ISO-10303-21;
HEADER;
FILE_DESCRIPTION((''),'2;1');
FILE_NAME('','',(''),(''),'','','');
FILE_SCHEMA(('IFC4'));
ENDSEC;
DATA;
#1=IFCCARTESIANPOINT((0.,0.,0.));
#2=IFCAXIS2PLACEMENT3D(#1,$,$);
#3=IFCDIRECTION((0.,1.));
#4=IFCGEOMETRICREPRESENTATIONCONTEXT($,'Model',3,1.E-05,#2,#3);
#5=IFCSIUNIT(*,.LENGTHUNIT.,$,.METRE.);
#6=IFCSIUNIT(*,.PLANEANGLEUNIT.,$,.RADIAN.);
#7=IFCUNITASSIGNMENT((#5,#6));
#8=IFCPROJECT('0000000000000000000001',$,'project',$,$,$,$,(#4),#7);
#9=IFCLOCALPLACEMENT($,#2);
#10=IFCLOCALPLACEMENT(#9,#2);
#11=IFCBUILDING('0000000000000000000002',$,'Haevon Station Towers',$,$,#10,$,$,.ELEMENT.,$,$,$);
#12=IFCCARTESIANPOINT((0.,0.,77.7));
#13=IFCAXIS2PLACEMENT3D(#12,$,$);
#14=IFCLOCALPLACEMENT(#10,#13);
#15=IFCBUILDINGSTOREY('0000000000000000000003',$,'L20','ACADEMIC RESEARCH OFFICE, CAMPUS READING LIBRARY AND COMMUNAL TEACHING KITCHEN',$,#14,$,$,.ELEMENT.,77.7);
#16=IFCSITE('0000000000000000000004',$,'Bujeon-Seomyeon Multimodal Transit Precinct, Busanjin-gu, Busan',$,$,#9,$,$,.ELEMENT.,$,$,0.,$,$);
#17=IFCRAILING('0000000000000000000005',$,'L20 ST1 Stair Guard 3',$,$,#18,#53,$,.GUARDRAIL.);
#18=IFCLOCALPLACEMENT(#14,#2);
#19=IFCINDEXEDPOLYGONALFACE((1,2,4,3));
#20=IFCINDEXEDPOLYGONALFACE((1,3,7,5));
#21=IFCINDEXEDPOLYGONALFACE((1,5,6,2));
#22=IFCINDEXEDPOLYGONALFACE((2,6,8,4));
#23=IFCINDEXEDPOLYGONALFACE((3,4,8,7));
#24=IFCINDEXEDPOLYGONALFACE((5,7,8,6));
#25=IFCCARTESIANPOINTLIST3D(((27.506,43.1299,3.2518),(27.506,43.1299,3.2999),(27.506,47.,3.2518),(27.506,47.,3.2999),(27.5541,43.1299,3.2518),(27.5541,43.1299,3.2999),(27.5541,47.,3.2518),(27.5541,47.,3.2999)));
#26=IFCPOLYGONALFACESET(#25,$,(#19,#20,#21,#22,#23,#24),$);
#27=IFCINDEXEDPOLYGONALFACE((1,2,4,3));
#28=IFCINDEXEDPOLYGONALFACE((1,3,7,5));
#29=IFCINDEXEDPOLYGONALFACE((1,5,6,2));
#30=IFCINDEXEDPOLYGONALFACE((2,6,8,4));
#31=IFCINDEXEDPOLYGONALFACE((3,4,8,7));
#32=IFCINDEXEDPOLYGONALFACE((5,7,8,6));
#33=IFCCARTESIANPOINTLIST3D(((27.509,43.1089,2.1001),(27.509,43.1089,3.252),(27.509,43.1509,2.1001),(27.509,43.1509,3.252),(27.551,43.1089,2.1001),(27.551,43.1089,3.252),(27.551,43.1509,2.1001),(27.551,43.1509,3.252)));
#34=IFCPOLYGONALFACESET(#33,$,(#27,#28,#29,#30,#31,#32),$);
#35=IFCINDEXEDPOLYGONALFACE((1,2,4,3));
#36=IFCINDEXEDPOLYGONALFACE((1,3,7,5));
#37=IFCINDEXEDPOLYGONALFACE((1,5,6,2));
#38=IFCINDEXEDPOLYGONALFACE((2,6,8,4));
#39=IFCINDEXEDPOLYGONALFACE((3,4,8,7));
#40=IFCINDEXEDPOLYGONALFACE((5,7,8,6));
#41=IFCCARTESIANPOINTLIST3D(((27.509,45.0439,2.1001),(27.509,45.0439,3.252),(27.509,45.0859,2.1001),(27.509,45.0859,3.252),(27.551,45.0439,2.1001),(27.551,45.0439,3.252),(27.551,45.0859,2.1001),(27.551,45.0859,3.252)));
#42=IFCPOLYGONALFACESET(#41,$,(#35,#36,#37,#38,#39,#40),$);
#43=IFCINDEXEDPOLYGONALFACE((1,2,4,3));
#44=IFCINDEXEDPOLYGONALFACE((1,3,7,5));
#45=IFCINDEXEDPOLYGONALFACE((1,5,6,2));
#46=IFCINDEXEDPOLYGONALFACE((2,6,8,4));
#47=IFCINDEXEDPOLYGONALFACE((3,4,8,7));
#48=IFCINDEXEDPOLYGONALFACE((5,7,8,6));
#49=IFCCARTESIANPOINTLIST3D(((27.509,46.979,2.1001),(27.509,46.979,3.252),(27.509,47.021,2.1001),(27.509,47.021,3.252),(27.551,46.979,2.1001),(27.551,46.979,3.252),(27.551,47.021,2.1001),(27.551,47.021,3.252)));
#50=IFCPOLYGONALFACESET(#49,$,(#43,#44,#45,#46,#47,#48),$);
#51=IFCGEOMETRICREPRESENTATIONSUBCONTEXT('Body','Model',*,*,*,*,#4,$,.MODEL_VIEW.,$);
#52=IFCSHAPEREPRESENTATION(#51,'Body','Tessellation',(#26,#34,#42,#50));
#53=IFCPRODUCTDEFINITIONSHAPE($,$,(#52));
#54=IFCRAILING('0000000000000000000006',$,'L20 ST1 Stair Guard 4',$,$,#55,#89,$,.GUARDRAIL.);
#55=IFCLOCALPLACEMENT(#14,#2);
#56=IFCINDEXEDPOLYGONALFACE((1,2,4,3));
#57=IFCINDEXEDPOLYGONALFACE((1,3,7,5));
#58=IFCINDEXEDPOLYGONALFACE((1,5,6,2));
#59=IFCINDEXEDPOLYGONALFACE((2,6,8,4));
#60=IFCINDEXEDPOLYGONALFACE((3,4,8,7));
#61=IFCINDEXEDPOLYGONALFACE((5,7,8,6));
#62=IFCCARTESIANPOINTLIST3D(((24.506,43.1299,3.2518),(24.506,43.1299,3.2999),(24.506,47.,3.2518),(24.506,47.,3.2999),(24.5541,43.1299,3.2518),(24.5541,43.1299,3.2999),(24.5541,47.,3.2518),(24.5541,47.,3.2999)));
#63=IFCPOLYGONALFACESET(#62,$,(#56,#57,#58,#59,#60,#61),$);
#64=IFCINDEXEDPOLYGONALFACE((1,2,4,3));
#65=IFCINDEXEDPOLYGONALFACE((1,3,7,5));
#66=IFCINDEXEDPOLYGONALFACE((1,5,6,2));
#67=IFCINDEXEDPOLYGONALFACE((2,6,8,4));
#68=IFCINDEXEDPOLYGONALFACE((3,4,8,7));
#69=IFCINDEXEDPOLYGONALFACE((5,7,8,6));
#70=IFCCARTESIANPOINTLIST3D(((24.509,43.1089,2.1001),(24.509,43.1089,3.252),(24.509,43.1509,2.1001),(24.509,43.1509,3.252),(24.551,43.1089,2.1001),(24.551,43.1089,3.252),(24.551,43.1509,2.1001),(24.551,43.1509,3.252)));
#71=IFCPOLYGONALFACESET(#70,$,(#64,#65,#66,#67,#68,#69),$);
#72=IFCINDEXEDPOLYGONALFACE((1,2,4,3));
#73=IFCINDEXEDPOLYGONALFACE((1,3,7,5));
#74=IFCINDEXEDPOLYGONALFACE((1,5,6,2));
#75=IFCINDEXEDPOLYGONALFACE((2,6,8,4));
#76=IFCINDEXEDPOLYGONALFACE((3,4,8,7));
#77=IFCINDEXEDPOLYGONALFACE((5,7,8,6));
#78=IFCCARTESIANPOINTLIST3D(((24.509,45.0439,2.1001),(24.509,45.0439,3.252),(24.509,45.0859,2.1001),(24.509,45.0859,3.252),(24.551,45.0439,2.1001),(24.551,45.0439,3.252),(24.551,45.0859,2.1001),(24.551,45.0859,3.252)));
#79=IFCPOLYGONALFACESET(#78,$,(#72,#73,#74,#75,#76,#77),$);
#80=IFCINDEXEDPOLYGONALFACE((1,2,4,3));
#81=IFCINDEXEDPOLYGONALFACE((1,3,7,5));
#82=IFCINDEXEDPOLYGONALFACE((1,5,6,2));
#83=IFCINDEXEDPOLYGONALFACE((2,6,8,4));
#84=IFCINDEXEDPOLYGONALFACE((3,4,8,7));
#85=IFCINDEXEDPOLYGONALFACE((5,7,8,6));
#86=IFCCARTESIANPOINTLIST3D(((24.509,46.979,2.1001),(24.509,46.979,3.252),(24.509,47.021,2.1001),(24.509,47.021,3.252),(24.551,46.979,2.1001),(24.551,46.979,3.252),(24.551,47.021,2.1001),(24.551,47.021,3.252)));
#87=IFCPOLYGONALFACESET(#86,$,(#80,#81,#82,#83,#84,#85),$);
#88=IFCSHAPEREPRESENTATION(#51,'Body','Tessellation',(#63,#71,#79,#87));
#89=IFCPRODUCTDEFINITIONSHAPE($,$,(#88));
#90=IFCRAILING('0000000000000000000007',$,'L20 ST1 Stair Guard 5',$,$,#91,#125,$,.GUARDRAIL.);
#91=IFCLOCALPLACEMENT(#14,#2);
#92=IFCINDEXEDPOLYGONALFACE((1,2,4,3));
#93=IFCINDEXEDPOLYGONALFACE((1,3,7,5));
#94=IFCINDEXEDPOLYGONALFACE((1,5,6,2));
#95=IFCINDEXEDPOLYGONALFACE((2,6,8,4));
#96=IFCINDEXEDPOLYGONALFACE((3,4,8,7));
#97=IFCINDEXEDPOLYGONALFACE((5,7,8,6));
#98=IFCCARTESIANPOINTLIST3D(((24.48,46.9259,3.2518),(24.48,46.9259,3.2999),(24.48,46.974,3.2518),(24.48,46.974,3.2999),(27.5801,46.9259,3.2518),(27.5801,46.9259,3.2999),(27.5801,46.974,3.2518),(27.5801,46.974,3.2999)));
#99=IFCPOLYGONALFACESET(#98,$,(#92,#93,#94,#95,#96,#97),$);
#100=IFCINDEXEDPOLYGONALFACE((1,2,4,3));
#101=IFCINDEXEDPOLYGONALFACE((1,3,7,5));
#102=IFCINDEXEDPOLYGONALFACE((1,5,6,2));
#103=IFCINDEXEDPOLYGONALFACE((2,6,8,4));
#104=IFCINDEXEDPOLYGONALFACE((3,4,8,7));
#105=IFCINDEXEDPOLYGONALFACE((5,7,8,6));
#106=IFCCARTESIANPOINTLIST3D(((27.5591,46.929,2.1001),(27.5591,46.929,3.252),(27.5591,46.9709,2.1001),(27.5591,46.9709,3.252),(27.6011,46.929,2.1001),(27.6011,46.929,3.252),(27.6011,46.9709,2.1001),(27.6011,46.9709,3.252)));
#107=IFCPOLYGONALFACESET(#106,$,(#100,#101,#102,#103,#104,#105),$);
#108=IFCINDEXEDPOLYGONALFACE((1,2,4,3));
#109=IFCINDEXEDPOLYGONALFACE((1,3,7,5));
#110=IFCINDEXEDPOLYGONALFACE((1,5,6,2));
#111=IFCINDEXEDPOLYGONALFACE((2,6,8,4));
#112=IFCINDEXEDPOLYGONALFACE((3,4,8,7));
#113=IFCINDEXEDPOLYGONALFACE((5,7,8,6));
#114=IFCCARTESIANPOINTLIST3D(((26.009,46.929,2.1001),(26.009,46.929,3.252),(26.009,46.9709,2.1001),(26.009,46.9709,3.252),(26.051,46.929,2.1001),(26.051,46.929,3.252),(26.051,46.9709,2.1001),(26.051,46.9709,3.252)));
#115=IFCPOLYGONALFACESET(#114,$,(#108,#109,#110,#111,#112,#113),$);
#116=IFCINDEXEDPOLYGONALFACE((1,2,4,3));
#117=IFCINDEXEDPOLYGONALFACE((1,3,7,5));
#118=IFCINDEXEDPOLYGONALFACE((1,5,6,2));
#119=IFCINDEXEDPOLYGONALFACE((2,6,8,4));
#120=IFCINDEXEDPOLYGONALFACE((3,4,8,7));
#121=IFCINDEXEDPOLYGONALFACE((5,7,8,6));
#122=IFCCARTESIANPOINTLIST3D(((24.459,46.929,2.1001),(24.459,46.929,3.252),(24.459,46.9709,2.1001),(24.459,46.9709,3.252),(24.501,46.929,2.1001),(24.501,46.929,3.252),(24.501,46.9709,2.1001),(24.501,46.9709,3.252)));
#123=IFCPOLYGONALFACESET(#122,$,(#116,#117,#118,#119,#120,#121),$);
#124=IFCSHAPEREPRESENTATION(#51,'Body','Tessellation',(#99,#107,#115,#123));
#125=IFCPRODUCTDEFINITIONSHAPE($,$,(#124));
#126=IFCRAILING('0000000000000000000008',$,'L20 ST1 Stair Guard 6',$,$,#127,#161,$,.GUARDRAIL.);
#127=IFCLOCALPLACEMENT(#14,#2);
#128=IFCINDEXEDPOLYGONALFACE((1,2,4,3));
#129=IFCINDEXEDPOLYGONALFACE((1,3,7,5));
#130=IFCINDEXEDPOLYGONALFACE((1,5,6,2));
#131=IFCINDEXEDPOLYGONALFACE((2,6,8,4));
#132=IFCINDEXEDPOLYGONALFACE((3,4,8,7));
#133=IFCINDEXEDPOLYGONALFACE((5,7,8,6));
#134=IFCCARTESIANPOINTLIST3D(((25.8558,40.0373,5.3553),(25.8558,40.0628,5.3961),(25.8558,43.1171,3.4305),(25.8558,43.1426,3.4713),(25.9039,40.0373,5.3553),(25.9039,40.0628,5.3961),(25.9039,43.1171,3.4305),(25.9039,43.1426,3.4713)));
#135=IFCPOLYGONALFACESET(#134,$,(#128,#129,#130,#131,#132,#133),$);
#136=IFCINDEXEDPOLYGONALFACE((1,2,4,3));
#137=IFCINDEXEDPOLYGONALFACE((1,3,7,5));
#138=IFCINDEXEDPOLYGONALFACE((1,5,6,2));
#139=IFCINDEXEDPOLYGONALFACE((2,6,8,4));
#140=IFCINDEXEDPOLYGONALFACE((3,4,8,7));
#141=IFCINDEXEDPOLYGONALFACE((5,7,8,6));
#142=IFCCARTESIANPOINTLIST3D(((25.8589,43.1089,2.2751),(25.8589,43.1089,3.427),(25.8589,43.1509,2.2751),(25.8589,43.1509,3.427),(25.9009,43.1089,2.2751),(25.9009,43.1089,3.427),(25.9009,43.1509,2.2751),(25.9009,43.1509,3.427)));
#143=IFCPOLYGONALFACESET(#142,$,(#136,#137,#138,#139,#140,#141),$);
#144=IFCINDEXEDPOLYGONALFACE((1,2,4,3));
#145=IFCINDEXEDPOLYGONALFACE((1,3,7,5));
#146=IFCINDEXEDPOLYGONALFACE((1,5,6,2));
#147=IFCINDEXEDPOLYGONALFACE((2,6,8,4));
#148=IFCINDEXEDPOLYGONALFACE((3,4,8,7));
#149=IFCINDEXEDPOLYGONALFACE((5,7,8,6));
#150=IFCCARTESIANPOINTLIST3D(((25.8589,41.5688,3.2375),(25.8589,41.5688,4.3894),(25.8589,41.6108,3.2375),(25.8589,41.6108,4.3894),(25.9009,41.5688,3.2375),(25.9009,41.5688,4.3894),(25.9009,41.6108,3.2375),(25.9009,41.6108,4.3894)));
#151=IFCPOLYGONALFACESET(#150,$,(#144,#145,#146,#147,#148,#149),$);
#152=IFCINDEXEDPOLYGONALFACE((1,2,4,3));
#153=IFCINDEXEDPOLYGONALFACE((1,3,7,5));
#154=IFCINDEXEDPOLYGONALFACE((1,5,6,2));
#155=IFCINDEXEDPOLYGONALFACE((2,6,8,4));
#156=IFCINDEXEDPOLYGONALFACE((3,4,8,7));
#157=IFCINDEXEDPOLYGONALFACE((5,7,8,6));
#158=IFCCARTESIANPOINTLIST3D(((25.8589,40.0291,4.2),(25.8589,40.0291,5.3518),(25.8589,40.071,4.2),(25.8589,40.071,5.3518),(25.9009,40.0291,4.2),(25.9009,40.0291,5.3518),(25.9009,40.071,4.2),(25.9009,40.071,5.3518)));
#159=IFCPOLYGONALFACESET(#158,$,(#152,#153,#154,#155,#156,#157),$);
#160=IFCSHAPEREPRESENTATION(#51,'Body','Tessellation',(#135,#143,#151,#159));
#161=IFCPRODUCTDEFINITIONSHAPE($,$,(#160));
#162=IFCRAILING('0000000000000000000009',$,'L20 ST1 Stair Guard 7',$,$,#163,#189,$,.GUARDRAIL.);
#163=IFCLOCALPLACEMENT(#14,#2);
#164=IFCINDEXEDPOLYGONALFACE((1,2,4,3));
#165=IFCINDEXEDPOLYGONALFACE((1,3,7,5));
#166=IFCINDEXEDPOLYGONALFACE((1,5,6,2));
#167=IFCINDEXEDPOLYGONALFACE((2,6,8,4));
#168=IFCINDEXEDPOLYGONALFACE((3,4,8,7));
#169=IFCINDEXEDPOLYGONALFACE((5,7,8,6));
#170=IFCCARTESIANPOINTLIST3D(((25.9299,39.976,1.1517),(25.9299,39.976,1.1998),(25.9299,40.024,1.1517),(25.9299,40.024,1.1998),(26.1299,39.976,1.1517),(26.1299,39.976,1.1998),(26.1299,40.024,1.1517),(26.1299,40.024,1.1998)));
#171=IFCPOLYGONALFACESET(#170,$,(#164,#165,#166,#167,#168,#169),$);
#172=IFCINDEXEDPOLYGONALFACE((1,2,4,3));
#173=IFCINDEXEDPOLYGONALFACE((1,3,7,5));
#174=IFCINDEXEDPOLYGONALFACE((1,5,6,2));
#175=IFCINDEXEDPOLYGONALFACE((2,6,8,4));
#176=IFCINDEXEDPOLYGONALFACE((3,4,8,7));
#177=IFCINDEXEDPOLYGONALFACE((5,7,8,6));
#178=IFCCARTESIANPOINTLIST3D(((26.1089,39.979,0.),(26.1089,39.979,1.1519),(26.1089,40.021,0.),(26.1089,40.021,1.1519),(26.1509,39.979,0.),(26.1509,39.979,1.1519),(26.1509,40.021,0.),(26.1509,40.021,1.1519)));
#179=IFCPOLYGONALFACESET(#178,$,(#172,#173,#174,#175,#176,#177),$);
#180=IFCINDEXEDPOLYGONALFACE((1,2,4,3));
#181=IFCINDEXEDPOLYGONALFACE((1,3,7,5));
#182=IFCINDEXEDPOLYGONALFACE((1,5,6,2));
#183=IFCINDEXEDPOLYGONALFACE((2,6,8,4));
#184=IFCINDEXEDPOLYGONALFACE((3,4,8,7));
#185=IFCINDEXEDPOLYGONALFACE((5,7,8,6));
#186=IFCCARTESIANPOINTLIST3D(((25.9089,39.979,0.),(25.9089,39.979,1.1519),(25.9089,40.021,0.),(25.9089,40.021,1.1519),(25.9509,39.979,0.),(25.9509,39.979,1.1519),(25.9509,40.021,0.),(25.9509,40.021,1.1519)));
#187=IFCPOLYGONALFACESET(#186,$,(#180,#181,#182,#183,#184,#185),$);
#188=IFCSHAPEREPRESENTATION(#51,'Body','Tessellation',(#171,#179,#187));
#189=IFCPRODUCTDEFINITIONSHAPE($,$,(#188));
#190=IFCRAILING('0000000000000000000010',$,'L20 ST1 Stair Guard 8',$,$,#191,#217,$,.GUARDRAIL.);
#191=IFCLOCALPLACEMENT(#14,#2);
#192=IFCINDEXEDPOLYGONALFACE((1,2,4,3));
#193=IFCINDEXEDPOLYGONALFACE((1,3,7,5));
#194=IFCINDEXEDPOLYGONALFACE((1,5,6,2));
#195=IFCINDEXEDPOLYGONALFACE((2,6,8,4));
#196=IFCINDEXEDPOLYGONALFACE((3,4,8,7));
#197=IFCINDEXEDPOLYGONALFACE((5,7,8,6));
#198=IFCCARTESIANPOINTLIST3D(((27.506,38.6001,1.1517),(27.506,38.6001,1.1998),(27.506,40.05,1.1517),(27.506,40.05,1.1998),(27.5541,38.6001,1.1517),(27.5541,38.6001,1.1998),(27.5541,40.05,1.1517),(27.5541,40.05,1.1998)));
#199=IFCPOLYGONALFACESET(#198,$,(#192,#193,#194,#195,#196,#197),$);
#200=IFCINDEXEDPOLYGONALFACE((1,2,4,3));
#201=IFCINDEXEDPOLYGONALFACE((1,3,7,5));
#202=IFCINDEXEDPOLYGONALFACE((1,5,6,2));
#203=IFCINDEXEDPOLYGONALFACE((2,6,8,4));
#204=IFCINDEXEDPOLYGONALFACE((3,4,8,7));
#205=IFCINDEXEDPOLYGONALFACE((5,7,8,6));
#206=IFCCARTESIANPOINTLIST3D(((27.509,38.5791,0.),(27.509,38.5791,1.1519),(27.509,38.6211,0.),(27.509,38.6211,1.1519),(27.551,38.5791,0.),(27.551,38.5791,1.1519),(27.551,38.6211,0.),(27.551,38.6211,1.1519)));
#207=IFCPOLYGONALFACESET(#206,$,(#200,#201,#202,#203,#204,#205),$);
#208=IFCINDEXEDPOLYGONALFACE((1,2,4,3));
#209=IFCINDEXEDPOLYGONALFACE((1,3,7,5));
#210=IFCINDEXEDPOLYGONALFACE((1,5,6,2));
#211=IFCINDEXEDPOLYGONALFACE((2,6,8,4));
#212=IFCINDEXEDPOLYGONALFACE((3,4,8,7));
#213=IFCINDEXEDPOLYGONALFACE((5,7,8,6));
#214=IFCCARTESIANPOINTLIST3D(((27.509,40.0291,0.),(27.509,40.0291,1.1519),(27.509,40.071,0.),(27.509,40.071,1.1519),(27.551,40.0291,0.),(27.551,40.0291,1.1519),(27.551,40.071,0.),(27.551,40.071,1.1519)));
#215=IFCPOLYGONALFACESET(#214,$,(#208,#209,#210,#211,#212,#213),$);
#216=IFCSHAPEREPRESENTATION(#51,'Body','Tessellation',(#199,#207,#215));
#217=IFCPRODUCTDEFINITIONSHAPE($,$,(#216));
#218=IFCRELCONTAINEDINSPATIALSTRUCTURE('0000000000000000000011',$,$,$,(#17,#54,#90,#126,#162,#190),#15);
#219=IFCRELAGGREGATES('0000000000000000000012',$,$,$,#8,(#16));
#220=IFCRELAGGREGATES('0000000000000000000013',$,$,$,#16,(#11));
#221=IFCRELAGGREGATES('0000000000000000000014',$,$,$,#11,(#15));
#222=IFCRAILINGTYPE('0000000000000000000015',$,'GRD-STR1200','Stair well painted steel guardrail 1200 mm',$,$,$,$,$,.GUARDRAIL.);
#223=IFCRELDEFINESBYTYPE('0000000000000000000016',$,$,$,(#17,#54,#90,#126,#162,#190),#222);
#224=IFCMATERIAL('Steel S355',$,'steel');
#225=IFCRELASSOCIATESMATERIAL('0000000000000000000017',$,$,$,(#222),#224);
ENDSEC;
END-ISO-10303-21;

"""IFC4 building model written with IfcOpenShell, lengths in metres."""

from ifc_helpers import new_model, si_unit, direction, frame, origin, origin_2d, place, context, subcontext, project, spatial, rectangle, extrude, material, type_object, element, save


model = new_model("IFC4")

# Units and contexts
model_context = context("Model", 3, precision=1e-05, world=origin(), true_north=direction((0.0, 1.0)))
body_context = subcontext(model_context, "Body", "Model", "MODEL_VIEW")
ifc_project = project(units=[si_unit("LENGTHUNIT", "METRE"), si_unit("PLANEANGLEUNIT", "RADIAN")], contexts=[model_context])

# Site, building, storey
site_placement = place(None, origin())
site = spatial("IfcSite", under=ifc_project, at=site_placement, Name="Bujeon-Seomyeon Multimodal Transit Precinct, Busanjin-gu, Busan", CompositionType="ELEMENT", RefElevation=0.0)
building_placement = place(site_placement, origin())
building = spatial("IfcBuilding", under=site, at=building_placement, Name="Haevon Station Towers", CompositionType="ELEMENT")
storey_placement = place(building_placement, frame((0.0, 0.0, 77.7)))
storey = spatial("IfcBuildingStorey", under=building, at=storey_placement, Name="L20", Description="ACADEMIC RESEARCH OFFICE, CAMPUS READING LIBRARY AND COMMUNAL TEACHING KITCHEN", CompositionType="ELEMENT", Elevation=77.7)

# Shared definitions
ifc_material_1 = material(Name="Steel S355", Category="steel")

# Railings
railing_type_1 = type_object("IfcRailingType", Name="GRD-STR1200", Description="Stair well painted steel guardrail 1200 mm", PredefinedType="GUARDRAIL", material=ifc_material_1)
for number, where, name in (
    (1, (27.53, 43.1299, 2.1001), "L20 ST1 Stair Guard 3"),
    (2, (24.53, 43.1299, 2.1001), "L20 ST1 Stair Guard 4"),
):
    element("IfcRailing", number, at=place(storey_placement, frame(where)), inside=storey, type_object=railing_type_1, Name=name, PredefinedType="GUARDRAIL", context=body_context, shape_type="SweptSolid", body=[
        extrude(rectangle(XDim=0.0481, YDim=0.0481, at=origin_2d()), frame((0.0, 0.0, 1.1758), z_axis=(0.0, 1.0, 0.0), x_axis=(-1.0, 0.0, 0.0)), (0.0, 0.0, 1.0), 3.8701),
        extrude(rectangle(XDim=0.042, YDim=0.042, at=origin_2d()), origin(), (0.0, 0.0, 1.0), 1.1519),
        extrude(rectangle(XDim=0.042, YDim=0.042, at=origin_2d()), frame((0.0, 1.9351, 0.0)), (0.0, 0.0, 1.0), 1.1519),
        extrude(rectangle(XDim=0.042, YDim=0.042, at=origin_2d()), frame((0.0, 3.8701, 0.0)), (0.0, 0.0, 1.0), 1.1519),
    ])
railing_1_placement = place(storey_placement, frame((27.5801, 46.95, 2.1001)))
element("IfcRailing", 3, at=railing_1_placement, inside=storey, type_object=railing_type_1, Name="L20 ST1 Stair Guard 5", PredefinedType="GUARDRAIL", context=body_context, shape_type="SweptSolid", body=[
    extrude(rectangle(XDim=0.0481, YDim=0.0481, at=origin_2d()), frame((0.0, 0.0, 1.1758), z_axis=(-1.0, 0.0, 0.0), x_axis=(0.0, -1.0, 0.0)), (0.0, 0.0, 1.0), 3.1001),
    extrude(rectangle(XDim=0.042, YDim=0.042, at=origin_2d()), origin(), (0.0, 0.0, 1.0), 1.1519),
    extrude(rectangle(XDim=0.042, YDim=0.042, at=origin_2d()), frame((-1.55, 0.0, 0.0)), (0.0, 0.0, 1.0), 1.1519),
    extrude(rectangle(XDim=0.042, YDim=0.042, at=origin_2d()), frame((-3.1001, 0.0, 0.0)), (0.0, 0.0, 1.0), 1.1519),
])
railing_2_placement = place(storey_placement, frame((25.8799, 43.1299, 2.2751)))
element("IfcRailing", 4, at=railing_2_placement, inside=storey, type_object=railing_type_1, Name="L20 ST1 Stair Guard 6", PredefinedType="GUARDRAIL", context=body_context, shape_type="SweptSolid", body=[
    extrude(rectangle(XDim=0.0481, YDim=0.0481, at=origin_2d()), frame((0.0, 0.0, 1.1758), z_axis=(0.0, -0.84801, 0.529981), x_axis=(1.0, 0.0, 0.0)), (0.0, 0.0, 1.0), 3.6318),
    extrude(rectangle(XDim=0.042, YDim=0.042, at=origin_2d()), origin(), (0.0, 0.0, 1.0), 1.1519),
    extrude(rectangle(XDim=0.042, YDim=0.042, at=origin_2d()), frame((0.0, -1.54, 0.9624)), (0.0, 0.0, 1.0), 1.1519),
    extrude(rectangle(XDim=0.042, YDim=0.042, at=origin_2d()), frame((0.0, -3.0798, 1.9248)), (0.0, 0.0, 1.0), 1.1519),
])
railing_3_placement = place(storey_placement, frame((26.1299, 40.0, 0.0)))
element("IfcRailing", 5, at=railing_3_placement, inside=storey, type_object=railing_type_1, Name="L20 ST1 Stair Guard 7", PredefinedType="GUARDRAIL", context=body_context, shape_type="SweptSolid", body=[
    extrude(rectangle(XDim=0.0481, YDim=0.0481, at=origin_2d()), frame((0.0, 0.0, 1.1758), z_axis=(-1.0, 0.0, 0.0), x_axis=(0.0, -1.0, 0.0)), (0.0, 0.0, 1.0), 0.2),
    extrude(rectangle(XDim=0.042, YDim=0.042, at=origin_2d()), origin(), (0.0, 0.0, 1.0), 1.1519),
    extrude(rectangle(XDim=0.042, YDim=0.042, at=origin_2d()), frame((-0.2, 0.0, 0.0)), (0.0, 0.0, 1.0), 1.1519),
])
railing_4_placement = place(storey_placement, frame((27.53, 38.6001, 0.0)))
element("IfcRailing", 6, at=railing_4_placement, inside=storey, type_object=railing_type_1, Name="L20 ST1 Stair Guard 8", PredefinedType="GUARDRAIL", context=body_context, shape_type="SweptSolid", body=[
    extrude(rectangle(XDim=0.0481, YDim=0.0481, at=origin_2d()), frame((0.0, 0.0, 1.1758), z_axis=(0.0, 1.0, 0.0), x_axis=(-1.0, 0.0, 0.0)), (0.0, 0.0, 1.0), 1.45),
    extrude(rectangle(XDim=0.042, YDim=0.042, at=origin_2d()), origin(), (0.0, 0.0, 1.0), 1.1519),
    extrude(rectangle(XDim=0.042, YDim=0.042, at=origin_2d()), frame((0.0, 1.45, 0.0)), (0.0, 0.0, 1.0), 1.1519),
])

save(model, "model.ifc")
